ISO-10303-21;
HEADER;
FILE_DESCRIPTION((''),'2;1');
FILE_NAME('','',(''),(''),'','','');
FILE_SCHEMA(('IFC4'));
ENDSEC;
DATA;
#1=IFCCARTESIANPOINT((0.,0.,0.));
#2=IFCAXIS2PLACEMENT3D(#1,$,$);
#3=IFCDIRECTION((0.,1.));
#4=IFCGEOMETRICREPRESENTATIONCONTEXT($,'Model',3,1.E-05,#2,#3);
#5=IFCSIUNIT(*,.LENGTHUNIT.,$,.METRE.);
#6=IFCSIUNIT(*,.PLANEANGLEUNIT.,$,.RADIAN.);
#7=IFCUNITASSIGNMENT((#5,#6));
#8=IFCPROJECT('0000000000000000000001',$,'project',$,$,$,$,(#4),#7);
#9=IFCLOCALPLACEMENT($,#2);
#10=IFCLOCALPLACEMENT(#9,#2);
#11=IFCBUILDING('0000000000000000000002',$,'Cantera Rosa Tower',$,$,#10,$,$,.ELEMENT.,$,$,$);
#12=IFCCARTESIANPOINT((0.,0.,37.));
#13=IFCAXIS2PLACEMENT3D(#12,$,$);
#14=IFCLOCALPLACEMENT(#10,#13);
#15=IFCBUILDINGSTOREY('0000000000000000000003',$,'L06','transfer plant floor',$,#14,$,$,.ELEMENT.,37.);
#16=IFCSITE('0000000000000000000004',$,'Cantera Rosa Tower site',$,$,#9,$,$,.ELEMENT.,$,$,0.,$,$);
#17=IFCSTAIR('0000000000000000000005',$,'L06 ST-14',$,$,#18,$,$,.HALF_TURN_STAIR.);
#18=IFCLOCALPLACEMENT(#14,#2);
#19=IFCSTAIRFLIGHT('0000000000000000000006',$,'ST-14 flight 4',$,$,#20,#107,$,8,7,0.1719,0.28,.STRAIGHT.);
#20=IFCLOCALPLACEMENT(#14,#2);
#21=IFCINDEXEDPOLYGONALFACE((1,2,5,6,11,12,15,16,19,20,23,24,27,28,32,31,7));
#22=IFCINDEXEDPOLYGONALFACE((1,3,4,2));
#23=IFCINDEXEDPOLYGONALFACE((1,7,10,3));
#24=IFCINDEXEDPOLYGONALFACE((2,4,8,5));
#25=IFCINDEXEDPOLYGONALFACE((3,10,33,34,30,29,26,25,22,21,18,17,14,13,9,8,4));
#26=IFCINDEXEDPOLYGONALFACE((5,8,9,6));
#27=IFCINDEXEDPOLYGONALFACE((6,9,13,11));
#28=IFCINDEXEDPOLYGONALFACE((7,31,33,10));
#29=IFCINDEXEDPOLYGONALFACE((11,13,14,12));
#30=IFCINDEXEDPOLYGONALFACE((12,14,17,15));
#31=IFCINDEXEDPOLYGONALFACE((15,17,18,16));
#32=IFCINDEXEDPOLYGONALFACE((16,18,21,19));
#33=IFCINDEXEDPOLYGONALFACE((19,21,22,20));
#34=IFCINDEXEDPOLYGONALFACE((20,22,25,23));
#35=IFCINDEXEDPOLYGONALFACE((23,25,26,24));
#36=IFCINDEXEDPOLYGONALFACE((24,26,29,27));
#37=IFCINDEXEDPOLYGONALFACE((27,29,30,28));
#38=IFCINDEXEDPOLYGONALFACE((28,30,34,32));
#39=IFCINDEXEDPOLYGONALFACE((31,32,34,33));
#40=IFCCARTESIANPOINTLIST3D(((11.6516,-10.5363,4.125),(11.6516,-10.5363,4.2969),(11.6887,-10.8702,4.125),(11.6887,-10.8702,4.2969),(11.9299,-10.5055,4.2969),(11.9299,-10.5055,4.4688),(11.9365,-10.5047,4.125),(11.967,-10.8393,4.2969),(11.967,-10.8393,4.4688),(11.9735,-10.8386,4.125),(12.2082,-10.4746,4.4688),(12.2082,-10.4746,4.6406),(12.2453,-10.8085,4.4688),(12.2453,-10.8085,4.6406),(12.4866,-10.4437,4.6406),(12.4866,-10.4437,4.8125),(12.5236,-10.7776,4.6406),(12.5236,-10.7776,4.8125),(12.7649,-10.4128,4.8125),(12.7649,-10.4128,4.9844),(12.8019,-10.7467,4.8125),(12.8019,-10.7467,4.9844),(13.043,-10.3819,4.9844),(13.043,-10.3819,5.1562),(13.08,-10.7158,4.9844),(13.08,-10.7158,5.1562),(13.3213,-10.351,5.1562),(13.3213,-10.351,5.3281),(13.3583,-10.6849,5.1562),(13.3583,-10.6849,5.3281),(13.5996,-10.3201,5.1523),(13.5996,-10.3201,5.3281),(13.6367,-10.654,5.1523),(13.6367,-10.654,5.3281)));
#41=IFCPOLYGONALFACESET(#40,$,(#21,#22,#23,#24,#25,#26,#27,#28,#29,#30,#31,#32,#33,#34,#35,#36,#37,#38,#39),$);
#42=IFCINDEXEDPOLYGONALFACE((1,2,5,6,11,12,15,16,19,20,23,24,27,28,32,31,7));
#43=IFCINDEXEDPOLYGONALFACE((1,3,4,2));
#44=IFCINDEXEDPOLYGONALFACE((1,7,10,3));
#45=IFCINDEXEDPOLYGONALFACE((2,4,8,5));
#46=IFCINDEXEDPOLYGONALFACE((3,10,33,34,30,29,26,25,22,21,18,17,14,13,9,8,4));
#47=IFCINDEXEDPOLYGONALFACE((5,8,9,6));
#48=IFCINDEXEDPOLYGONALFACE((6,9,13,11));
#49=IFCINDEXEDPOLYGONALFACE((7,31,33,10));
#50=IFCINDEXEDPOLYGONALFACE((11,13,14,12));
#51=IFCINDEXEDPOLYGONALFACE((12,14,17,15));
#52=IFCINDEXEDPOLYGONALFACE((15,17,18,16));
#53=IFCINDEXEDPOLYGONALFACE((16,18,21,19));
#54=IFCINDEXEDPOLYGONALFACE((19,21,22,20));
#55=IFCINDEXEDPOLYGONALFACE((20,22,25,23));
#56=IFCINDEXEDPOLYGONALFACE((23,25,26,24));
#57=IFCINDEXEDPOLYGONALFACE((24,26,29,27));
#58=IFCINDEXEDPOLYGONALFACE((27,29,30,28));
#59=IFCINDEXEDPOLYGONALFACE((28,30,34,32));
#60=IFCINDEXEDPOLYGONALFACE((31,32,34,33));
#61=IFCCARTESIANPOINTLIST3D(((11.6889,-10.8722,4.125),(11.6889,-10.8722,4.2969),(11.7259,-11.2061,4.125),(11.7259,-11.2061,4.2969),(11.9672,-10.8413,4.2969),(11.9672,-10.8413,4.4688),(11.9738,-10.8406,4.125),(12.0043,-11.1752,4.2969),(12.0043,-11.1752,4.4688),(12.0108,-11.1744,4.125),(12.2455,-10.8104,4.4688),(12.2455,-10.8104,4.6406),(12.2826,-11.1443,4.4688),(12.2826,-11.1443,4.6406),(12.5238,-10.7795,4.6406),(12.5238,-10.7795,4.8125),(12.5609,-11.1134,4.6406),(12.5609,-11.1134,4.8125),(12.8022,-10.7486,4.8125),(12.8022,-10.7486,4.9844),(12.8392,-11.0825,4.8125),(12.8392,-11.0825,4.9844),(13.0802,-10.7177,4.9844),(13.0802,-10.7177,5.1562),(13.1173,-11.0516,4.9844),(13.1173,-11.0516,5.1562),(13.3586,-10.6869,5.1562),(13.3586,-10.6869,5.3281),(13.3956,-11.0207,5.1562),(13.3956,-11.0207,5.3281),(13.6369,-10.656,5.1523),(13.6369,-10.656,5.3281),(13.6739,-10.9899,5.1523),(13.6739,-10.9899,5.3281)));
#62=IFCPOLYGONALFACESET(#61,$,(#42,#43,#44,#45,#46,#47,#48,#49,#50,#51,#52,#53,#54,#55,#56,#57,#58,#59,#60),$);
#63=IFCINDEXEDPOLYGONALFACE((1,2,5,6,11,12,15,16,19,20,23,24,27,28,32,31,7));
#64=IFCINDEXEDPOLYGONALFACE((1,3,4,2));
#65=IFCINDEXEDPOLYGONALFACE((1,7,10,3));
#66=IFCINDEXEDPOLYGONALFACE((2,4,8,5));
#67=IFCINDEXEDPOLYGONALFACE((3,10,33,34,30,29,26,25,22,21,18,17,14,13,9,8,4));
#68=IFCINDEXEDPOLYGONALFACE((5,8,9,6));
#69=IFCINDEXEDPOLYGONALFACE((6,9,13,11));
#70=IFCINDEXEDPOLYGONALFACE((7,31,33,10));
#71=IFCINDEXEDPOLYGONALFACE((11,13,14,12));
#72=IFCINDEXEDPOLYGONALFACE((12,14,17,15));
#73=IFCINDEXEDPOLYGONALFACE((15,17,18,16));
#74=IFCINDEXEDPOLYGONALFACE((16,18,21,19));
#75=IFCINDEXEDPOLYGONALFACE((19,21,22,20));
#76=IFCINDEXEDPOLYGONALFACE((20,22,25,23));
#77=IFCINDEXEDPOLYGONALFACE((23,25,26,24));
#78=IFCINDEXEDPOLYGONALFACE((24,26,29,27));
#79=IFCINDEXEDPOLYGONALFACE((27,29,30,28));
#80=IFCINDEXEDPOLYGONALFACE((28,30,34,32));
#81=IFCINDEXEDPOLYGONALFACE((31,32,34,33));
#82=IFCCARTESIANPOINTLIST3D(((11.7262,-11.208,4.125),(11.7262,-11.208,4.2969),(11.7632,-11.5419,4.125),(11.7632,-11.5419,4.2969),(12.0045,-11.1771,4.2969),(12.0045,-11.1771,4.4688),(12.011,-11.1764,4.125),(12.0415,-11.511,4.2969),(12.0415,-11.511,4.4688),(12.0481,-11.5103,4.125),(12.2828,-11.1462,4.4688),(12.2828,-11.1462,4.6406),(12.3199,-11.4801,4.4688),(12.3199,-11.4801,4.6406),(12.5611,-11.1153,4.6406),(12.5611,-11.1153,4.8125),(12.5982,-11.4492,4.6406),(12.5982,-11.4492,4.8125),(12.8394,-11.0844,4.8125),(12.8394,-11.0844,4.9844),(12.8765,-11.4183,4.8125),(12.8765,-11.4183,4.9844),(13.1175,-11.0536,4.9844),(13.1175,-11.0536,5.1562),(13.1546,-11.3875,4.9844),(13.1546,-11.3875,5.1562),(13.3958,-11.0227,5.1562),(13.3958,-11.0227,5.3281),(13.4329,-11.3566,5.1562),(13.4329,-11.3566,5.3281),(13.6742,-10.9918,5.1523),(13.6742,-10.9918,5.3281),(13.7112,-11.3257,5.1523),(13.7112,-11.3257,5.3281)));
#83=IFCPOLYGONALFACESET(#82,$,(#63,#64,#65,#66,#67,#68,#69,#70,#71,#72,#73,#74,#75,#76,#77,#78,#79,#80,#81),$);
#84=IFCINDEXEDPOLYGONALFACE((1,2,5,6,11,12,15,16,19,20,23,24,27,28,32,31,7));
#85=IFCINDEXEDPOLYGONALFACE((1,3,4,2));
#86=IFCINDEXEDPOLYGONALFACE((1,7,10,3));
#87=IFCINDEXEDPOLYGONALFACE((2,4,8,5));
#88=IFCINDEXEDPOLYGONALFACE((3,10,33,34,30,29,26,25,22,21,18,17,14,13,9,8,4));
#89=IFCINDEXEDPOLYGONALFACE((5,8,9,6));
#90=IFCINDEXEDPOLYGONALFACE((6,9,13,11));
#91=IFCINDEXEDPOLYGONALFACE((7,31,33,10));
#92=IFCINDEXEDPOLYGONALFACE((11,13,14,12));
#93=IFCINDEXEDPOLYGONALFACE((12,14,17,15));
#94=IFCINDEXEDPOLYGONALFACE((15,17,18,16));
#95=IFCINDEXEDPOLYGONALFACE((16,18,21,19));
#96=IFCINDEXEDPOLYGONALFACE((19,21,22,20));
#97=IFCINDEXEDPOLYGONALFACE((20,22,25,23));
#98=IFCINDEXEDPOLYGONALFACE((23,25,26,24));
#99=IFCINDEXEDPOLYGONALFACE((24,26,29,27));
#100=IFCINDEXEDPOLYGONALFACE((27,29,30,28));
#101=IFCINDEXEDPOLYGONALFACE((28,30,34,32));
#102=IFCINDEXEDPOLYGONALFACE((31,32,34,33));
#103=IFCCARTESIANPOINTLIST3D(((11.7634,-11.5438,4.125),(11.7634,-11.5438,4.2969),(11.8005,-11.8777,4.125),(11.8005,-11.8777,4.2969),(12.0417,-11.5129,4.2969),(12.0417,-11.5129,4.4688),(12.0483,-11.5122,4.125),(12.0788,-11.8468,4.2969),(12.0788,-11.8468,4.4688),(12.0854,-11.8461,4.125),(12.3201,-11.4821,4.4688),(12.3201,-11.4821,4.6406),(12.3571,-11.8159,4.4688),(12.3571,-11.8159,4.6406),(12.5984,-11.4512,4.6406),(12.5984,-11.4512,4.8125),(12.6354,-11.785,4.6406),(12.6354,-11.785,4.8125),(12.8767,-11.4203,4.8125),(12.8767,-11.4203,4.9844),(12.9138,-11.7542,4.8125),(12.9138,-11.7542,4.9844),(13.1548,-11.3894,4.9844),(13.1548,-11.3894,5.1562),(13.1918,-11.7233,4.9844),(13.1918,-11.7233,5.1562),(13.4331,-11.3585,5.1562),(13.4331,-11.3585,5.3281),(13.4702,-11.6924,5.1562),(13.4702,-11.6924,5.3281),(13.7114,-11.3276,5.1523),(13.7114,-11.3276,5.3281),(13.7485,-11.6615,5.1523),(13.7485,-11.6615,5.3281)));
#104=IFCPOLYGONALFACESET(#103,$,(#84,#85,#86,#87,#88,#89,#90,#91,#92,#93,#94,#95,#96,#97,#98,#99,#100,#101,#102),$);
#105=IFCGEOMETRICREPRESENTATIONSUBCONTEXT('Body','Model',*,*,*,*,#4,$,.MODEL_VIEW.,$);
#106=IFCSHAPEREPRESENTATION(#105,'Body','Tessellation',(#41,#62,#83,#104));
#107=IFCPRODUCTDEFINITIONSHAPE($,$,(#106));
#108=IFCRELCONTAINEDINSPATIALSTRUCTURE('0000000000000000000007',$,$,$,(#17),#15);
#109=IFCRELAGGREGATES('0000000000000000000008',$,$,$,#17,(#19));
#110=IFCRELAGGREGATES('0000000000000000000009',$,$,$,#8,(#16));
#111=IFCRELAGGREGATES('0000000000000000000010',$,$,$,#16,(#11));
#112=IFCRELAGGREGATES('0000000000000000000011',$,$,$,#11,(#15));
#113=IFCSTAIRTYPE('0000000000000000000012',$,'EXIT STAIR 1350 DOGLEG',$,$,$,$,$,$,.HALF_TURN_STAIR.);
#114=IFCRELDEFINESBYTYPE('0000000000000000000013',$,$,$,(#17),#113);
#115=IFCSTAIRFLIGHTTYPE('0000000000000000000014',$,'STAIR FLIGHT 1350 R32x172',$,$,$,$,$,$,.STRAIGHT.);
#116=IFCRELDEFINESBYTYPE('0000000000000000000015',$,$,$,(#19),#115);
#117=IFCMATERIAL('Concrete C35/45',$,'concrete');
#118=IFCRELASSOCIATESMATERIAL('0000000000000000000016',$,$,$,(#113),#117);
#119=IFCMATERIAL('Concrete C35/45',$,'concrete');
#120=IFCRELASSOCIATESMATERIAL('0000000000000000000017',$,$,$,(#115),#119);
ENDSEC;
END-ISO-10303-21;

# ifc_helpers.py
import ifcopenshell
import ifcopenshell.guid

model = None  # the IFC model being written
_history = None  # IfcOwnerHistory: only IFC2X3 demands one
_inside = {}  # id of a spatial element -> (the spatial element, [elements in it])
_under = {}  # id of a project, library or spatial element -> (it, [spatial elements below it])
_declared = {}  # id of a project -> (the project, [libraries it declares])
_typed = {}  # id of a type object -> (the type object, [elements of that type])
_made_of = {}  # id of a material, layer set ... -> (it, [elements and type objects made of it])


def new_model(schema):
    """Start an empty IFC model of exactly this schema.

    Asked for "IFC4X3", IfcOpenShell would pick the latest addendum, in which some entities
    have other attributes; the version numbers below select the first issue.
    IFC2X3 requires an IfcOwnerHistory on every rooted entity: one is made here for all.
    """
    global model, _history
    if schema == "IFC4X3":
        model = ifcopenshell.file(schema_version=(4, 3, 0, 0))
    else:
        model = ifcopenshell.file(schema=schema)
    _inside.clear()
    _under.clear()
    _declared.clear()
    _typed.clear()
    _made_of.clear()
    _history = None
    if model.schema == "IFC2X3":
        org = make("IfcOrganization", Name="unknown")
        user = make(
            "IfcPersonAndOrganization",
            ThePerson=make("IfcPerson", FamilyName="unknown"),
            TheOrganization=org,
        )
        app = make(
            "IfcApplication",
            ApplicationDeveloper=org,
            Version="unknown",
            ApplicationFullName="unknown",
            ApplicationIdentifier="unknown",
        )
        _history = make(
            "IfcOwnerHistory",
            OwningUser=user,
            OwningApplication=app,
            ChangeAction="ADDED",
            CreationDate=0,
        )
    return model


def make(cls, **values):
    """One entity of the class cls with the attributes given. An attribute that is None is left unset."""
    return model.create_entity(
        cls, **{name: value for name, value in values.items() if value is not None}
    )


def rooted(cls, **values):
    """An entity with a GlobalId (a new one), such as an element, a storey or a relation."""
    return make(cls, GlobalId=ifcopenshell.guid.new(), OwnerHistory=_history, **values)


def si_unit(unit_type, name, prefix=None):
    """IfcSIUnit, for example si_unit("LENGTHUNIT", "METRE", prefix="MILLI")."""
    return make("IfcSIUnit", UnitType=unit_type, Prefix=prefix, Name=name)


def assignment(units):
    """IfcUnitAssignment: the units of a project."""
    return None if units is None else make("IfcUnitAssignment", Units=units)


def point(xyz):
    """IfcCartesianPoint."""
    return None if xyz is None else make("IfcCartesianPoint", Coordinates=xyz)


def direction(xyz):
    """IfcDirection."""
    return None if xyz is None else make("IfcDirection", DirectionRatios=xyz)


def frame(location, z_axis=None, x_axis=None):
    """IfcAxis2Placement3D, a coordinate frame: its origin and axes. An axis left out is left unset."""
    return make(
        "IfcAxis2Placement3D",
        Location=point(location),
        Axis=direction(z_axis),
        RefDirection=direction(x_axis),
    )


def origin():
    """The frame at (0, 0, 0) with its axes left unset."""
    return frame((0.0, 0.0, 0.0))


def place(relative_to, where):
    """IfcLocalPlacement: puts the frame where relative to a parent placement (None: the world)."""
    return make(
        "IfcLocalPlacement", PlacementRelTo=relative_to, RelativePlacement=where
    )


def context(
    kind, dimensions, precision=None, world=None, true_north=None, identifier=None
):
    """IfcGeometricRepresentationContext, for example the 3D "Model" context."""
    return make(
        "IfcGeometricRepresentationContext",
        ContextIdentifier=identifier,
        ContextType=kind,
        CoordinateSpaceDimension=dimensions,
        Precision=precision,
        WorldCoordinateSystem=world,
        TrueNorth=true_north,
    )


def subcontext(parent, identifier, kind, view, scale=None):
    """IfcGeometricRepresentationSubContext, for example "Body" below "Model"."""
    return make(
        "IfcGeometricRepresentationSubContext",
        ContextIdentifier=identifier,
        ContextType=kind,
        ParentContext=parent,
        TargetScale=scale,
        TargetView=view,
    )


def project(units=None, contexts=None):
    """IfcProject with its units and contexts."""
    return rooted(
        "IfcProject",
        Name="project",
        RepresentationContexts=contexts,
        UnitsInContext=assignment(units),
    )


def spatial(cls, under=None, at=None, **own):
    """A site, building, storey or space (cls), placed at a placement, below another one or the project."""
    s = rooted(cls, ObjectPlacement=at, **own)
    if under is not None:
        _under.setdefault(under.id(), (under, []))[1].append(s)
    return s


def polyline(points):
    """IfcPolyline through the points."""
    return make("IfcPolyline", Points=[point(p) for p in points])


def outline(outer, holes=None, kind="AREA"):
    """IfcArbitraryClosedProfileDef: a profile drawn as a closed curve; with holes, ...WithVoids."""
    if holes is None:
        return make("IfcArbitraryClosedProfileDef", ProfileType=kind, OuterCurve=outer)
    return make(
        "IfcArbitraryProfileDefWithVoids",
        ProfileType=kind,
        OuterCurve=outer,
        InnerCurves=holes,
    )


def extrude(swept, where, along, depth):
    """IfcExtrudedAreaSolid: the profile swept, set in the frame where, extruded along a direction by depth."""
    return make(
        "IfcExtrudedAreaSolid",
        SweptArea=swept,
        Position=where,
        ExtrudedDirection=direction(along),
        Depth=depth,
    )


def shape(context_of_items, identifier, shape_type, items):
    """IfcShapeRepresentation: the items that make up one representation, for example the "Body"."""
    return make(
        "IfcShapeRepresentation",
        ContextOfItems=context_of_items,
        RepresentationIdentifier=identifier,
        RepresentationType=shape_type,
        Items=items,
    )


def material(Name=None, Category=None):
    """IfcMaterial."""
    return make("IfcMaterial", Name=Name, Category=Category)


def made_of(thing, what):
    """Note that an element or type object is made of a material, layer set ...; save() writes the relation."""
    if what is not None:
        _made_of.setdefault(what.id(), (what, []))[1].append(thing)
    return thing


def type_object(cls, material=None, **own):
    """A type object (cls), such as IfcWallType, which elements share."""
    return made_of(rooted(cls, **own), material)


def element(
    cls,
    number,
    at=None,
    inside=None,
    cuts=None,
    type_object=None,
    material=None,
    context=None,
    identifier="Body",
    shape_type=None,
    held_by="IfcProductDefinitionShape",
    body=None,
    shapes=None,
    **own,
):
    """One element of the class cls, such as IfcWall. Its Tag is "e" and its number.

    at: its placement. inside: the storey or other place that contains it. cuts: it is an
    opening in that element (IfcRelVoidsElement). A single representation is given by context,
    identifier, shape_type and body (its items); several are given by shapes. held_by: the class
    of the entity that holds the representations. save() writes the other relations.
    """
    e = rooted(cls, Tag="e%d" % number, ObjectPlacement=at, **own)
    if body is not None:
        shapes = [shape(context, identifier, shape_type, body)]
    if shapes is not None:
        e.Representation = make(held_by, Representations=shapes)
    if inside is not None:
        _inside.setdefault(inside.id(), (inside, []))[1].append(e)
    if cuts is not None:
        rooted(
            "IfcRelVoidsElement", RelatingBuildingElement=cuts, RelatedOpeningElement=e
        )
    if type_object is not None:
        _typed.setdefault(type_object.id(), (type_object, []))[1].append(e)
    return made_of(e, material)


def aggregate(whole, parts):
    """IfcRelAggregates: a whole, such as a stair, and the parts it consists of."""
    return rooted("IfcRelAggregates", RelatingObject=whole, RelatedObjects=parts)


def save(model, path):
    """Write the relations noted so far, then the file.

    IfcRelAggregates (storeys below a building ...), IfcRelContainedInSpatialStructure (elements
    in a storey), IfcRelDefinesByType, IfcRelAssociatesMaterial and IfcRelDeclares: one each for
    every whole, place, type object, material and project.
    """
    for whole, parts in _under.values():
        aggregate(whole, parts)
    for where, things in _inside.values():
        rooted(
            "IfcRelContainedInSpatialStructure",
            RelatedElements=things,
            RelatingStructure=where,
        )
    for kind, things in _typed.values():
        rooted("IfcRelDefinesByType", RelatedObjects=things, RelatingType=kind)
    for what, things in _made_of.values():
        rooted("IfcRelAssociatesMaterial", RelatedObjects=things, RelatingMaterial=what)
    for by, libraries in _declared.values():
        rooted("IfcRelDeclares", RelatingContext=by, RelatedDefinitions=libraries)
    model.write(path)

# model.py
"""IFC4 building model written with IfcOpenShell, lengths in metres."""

from ifc_helpers import new_model, si_unit, direction, frame, origin, place, context, subcontext, project, spatial, polyline, outline, extrude, material, type_object, element, aggregate, save


model = new_model("IFC4")

# Units and contexts
model_context = context("Model", 3, precision=1e-05, world=origin(), true_north=direction((0.0, 1.0)))
body_context = subcontext(model_context, "Body", "Model", "MODEL_VIEW")
ifc_project = project(units=[si_unit("LENGTHUNIT", "METRE"), si_unit("PLANEANGLEUNIT", "RADIAN")], contexts=[model_context])

# Site, building, storey
site_placement = place(None, origin())
site = spatial("IfcSite", under=ifc_project, at=site_placement, Name="Cantera Rosa Tower site", CompositionType="ELEMENT", RefElevation=0.0)
building_placement = place(site_placement, origin())
building = spatial("IfcBuilding", under=site, at=building_placement, Name="Cantera Rosa Tower", CompositionType="ELEMENT")
storey_placement = place(building_placement, frame((0.0, 0.0, 37.0)))
storey = spatial("IfcBuildingStorey", under=building, at=storey_placement, Name="L06", Description="transfer plant floor", CompositionType="ELEMENT", Elevation=37.0)

# Stair, stair flight
ifc_material_1 = material(Name="Concrete C35/45", Category="concrete")
stair_type = type_object("IfcStairType", Name="EXIT STAIR 1350 DOGLEG", PredefinedType="HALF_TURN_STAIR", material=ifc_material_1)
stair_placement = place(storey_placement, origin())
stair = element("IfcStair", 1, at=stair_placement, inside=storey, type_object=stair_type, Name="L06 ST-14", PredefinedType="HALF_TURN_STAIR")
ifc_material_2 = material(Name="Concrete C35/45", Category="concrete")
stair_flight_type = type_object("IfcStairFlightType", Name="STAIR FLIGHT 1350 R32x172", PredefinedType="STRAIGHT", material=ifc_material_2)
stair_flight_1_placement = place(storey_placement, frame((11.7261, -11.2073, 4.125), z_axis=(0.0, 0.0, 1.0), x_axis=(0.993897, 0.110313, 0.0)))
stair_flight_1 = element("IfcStairFlight", 2, at=stair_flight_1_placement, type_object=stair_flight_type, Name="ST-14 flight 4", NumberOfRisers=8, NumberOfTreads=7, PredefinedType="STRAIGHT", RiserHeight=0.1719, TreadLength=0.28, context=body_context, shape_type="SweptSolid", body=[
    extrude(outline(polyline([(0.0, 0.0), (0.0, 0.1719), (0.28, 0.1719), (0.28, 0.3438), (0.5601, 0.3438), (0.5601, 0.5156), (0.8401, 0.5156), (0.8401, 0.6875), (1.1201, 0.6875), (1.1201, 0.8594), (1.3999, 0.8594), (1.3999, 1.0312), (1.6799, 1.0312), (1.6799, 1.2031), (1.96, 1.2031), (1.96, 1.375), (1.96, 1.0273), (0.2866, 0.0), (0.0, 0.0)])), frame((0.0, 0.675, 0.0), z_axis=(0.0, -1.0, 0.0), x_axis=(1.0, 0.0, 0.0)), (0.0, 0.0, 1.0), 0.3359),
    extrude(outline(polyline([(0.0, 0.0), (0.0, 0.1719), (0.28, 0.1719), (0.28, 0.3438), (0.5601, 0.3438), (0.5601, 0.5156), (0.8401, 0.5156), (0.8401, 0.6875), (1.1201, 0.6875), (1.1201, 0.8594), (1.3999, 0.8594), (1.3999, 1.0312), (1.6799, 1.0312), (1.6799, 1.2031), (1.96, 1.2031), (1.96, 1.375), (1.96, 1.0273), (0.2866, 0.0), (0.0, 0.0)])), frame((0.0, 0.3372, 0.0), z_axis=(0.0, -1.0, 0.0), x_axis=(1.0, 0.0, 0.0)), (0.0, 0.0, 1.0), 0.3359),
    extrude(outline(polyline([(0.0, 0.0), (0.0, 0.1719), (0.28, 0.1719), (0.28, 0.3438), (0.5601, 0.3438), (0.5601, 0.5156), (0.8401, 0.5156), (0.8401, 0.6875), (1.1201, 0.6875), (1.1201, 0.8594), (1.3999, 0.8594), (1.3999, 1.0312), (1.6799, 1.0312), (1.6799, 1.2031), (1.96, 1.2031), (1.96, 1.375), (1.96, 1.0273), (0.2866, 0.0), (0.0, 0.0)])), frame((0.0, -0.0007, 0.0), z_axis=(0.0, -1.0, 0.0), x_axis=(1.0, 0.0, 0.0)), (0.0, 0.0, 1.0), 0.3359),
    extrude(outline(polyline([(0.0, 0.0), (0.0, 0.1719), (0.28, 0.1719), (0.28, 0.3438), (0.5601, 0.3438), (0.5601, 0.5156), (0.8401, 0.5156), (0.8401, 0.6875), (1.1201, 0.6875), (1.1201, 0.8594), (1.3999, 0.8594), (1.3999, 1.0312), (1.6799, 1.0312), (1.6799, 1.2031), (1.96, 1.2031), (1.96, 1.375), (1.96, 1.0273), (0.2866, 0.0), (0.0, 0.0)])), frame((0.0, -0.3386, 0.0), z_axis=(0.0, -1.0, 0.0), x_axis=(1.0, 0.0, 0.0)), (0.0, 0.0, 1.0), 0.3359),
])
aggregate(stair, [stair_flight_1])

save(model, "model.ifc")
